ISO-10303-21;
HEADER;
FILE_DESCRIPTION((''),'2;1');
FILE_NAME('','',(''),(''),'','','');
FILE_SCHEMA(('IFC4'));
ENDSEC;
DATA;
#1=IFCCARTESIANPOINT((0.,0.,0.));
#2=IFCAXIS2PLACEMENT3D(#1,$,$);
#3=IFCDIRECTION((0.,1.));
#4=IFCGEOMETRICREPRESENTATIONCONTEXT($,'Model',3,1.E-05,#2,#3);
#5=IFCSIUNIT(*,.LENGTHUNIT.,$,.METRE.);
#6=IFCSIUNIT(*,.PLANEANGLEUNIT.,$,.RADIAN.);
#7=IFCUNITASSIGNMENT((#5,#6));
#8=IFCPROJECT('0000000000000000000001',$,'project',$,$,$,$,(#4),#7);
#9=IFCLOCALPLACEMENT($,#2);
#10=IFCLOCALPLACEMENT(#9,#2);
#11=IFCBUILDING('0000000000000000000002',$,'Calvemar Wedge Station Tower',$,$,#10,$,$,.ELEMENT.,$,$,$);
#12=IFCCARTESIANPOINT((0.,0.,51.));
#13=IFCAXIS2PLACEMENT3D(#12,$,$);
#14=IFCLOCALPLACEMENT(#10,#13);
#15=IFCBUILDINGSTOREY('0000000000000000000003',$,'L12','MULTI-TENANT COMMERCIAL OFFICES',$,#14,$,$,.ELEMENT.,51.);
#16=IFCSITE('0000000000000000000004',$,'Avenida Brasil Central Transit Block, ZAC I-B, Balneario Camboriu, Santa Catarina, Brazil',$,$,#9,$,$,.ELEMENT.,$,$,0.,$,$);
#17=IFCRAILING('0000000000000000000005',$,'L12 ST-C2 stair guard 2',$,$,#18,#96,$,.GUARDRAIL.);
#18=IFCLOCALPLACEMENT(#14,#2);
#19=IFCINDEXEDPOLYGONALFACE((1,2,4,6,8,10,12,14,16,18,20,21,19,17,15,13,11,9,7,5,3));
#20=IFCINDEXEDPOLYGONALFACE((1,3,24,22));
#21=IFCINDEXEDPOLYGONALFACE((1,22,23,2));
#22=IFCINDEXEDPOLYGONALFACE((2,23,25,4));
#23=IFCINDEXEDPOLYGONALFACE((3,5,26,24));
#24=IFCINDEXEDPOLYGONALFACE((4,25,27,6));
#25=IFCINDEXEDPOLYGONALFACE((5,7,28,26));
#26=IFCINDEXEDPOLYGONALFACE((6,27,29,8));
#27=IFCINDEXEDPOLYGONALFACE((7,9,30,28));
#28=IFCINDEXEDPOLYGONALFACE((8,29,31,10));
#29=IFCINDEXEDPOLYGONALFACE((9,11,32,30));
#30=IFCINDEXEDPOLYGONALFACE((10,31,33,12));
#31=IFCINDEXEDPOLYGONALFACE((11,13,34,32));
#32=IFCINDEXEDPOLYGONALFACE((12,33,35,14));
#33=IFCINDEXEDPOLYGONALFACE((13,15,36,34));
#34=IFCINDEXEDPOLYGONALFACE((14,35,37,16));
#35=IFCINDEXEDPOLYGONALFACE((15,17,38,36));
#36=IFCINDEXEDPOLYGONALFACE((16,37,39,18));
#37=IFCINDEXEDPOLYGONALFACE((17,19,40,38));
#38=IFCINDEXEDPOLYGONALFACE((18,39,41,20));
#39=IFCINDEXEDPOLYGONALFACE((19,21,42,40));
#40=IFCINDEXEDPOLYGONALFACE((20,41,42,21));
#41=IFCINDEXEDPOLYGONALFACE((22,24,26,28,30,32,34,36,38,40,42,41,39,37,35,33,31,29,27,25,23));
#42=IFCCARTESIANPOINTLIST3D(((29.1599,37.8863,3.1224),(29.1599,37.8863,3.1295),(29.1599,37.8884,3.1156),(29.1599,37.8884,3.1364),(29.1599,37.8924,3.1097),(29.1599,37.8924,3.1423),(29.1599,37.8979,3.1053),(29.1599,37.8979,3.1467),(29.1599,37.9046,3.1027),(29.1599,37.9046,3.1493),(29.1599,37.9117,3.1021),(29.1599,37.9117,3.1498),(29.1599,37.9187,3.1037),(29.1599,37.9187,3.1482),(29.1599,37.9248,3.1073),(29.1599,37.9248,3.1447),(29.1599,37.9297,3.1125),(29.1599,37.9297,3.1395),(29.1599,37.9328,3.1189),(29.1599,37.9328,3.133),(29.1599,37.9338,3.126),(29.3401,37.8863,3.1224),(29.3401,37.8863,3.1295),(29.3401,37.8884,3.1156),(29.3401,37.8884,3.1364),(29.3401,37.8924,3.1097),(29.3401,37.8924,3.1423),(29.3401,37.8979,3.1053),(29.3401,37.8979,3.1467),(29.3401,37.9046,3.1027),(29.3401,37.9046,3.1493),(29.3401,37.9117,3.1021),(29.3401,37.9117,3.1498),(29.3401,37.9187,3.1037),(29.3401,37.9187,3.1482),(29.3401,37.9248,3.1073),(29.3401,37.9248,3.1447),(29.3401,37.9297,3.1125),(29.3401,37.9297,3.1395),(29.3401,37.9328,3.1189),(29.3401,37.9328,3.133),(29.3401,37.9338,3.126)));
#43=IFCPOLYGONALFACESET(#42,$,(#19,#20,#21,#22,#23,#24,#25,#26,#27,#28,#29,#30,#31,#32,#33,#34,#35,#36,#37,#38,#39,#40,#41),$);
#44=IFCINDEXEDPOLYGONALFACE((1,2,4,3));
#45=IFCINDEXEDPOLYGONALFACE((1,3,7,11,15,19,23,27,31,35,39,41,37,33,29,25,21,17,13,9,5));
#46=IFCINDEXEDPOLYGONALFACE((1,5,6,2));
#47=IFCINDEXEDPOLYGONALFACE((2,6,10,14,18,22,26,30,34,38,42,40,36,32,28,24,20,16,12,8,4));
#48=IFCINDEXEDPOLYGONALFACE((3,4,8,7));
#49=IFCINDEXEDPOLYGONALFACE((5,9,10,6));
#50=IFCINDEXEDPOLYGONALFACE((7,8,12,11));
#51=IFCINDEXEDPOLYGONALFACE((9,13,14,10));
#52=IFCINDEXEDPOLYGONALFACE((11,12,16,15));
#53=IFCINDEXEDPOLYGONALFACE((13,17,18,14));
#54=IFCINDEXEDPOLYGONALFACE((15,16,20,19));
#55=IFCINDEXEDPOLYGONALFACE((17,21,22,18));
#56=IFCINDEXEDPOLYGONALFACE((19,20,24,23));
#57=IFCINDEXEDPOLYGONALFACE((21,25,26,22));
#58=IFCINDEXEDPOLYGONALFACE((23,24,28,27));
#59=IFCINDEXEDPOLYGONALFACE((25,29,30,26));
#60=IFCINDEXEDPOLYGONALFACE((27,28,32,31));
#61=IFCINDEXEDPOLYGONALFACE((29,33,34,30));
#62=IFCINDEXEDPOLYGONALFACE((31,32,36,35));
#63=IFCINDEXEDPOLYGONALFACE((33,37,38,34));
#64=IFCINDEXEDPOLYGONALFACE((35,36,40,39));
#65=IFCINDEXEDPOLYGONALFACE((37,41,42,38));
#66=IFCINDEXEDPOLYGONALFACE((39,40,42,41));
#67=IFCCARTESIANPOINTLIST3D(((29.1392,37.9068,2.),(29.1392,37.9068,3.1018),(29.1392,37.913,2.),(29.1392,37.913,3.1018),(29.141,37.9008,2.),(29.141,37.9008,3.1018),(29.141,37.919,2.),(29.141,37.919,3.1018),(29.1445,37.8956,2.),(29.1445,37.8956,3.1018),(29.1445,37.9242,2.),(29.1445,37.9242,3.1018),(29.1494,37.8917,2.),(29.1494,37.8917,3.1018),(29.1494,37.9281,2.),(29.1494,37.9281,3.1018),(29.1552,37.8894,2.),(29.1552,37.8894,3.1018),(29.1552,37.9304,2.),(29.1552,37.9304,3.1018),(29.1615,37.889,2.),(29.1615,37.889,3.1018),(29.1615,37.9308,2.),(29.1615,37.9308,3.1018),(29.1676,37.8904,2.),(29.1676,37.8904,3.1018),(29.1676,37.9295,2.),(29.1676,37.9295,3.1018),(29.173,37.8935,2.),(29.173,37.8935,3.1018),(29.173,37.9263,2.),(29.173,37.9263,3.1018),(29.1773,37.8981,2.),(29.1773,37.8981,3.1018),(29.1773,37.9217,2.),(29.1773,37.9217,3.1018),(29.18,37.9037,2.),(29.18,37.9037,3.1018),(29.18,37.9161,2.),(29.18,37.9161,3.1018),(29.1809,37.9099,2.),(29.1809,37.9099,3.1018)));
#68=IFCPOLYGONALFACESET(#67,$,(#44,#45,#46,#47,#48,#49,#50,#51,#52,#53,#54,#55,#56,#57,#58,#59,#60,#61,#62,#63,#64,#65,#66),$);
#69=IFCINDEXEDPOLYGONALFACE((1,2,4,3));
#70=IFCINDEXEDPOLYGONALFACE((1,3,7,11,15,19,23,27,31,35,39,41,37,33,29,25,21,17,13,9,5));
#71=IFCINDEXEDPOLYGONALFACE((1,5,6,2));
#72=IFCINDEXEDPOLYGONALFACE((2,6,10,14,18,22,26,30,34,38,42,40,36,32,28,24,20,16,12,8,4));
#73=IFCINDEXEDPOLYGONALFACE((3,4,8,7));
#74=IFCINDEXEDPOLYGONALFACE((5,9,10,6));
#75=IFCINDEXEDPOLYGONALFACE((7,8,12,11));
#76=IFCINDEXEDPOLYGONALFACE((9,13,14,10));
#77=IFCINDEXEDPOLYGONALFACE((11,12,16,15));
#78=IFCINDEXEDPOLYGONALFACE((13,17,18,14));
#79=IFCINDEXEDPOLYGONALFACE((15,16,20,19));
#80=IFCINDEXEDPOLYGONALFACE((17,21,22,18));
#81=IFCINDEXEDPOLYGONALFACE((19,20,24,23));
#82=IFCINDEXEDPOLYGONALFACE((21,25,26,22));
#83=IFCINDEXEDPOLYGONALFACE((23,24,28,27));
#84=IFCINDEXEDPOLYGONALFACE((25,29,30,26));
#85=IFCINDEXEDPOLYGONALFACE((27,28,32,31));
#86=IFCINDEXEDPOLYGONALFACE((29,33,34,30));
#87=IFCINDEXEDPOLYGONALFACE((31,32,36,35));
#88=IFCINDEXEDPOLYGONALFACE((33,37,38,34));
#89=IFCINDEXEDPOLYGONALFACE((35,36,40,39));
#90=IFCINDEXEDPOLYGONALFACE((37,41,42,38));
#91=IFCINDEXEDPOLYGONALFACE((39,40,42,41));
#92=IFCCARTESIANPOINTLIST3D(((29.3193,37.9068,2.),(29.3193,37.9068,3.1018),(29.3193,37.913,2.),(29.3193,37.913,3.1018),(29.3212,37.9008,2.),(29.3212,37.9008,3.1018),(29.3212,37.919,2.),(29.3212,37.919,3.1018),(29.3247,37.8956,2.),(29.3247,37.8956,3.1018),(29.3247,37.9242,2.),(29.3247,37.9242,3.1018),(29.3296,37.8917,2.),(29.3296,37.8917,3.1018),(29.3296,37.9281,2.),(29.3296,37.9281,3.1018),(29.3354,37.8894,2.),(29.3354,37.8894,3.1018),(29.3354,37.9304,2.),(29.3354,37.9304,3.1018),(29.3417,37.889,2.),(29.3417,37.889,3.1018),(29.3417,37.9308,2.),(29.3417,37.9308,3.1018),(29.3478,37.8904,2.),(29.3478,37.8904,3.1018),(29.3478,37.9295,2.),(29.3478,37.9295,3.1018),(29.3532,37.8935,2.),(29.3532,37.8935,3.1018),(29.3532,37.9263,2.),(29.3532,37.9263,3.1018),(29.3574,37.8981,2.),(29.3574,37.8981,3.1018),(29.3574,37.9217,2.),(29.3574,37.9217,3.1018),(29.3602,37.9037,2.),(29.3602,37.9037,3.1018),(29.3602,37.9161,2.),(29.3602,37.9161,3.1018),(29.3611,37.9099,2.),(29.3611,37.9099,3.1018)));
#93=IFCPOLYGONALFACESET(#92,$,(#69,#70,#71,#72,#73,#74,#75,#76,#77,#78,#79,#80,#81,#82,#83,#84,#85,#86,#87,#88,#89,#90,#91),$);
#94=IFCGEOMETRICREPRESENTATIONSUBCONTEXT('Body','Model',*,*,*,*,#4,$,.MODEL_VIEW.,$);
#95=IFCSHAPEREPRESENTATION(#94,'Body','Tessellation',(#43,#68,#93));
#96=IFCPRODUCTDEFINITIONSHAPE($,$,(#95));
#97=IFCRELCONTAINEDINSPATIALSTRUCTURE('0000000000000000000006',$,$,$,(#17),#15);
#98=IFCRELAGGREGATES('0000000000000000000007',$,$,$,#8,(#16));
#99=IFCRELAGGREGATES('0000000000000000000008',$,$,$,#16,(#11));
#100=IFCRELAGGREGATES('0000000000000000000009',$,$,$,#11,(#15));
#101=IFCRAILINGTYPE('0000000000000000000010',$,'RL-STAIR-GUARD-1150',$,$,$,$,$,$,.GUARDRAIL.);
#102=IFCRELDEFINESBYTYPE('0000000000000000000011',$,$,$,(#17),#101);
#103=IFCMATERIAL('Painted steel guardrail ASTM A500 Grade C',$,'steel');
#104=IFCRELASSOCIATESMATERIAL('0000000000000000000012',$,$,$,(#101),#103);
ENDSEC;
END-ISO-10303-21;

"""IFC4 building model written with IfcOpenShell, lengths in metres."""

from ifc_helpers import new_model, si_unit, direction, frame, origin, origin_2d, place, context, subcontext, project, spatial, circle, extrude, material, type_object, element, save


model = new_model("IFC4")

# Units and contexts
model_context = context("Model", 3, precision=1e-05, world=origin(), true_north=direction((0.0, 1.0)))
body_context = subcontext(model_context, "Body", "Model", "MODEL_VIEW")
ifc_project = project(units=[si_unit("LENGTHUNIT", "METRE"), si_unit("PLANEANGLEUNIT", "RADIAN")], contexts=[model_context])

# Site, building, storey
site_placement = place(None, origin())
site = spatial("IfcSite", under=ifc_project, at=site_placement, Name="Avenida Brasil Central Transit Block, ZAC I-B, Balneario Camboriu, Santa Catarina, Brazil", CompositionType="ELEMENT", RefElevation=0.0)
building_placement = place(site_placement, origin())
building = spatial("IfcBuilding", under=site, at=building_placement, Name="Calvemar Wedge Station Tower", CompositionType="ELEMENT")
storey_placement = place(building_placement, frame((0.0, 0.0, 51.0)))
storey = spatial("IfcBuildingStorey", under=building, at=storey_placement, Name="L12", Description="MULTI-TENANT COMMERCIAL OFFICES", CompositionType="ELEMENT", Elevation=51.0)

# Railing
ifc_material_1 = material(Name="Painted steel guardrail ASTM A500 Grade C", Category="steel")
railing_type_1 = type_object("IfcRailingType", Name="RL-STAIR-GUARD-1150", PredefinedType="GUARDRAIL", material=ifc_material_1)
railing_1_placement = place(storey_placement, frame((29.1599, 37.9099, 2.0)))
element("IfcRailing", 1, at=railing_1_placement, inside=storey, type_object=railing_type_1, Name="L12 ST-C2 stair guard 2", PredefinedType="GUARDRAIL", context=body_context, shape_type="SweptSolid", body=[
    extrude(circle(Radius=0.0239, at=origin_2d()), frame((0.0, 0.0, 1.126), z_axis=(1.0, 0.0, 0.0), x_axis=(0.0, 1.0, 0.0)), (0.0, 0.0, 1.0), 0.1802),
    extrude(circle(Radius=0.021, at=origin_2d()), origin(), (0.0, 0.0, 1.0), 1.1018),
    extrude(circle(Radius=0.021, at=origin_2d()), frame((0.1802, 0.0, 0.0)), (0.0, 0.0, 1.0), 1.1018),
])

save(model, "model.ifc")
